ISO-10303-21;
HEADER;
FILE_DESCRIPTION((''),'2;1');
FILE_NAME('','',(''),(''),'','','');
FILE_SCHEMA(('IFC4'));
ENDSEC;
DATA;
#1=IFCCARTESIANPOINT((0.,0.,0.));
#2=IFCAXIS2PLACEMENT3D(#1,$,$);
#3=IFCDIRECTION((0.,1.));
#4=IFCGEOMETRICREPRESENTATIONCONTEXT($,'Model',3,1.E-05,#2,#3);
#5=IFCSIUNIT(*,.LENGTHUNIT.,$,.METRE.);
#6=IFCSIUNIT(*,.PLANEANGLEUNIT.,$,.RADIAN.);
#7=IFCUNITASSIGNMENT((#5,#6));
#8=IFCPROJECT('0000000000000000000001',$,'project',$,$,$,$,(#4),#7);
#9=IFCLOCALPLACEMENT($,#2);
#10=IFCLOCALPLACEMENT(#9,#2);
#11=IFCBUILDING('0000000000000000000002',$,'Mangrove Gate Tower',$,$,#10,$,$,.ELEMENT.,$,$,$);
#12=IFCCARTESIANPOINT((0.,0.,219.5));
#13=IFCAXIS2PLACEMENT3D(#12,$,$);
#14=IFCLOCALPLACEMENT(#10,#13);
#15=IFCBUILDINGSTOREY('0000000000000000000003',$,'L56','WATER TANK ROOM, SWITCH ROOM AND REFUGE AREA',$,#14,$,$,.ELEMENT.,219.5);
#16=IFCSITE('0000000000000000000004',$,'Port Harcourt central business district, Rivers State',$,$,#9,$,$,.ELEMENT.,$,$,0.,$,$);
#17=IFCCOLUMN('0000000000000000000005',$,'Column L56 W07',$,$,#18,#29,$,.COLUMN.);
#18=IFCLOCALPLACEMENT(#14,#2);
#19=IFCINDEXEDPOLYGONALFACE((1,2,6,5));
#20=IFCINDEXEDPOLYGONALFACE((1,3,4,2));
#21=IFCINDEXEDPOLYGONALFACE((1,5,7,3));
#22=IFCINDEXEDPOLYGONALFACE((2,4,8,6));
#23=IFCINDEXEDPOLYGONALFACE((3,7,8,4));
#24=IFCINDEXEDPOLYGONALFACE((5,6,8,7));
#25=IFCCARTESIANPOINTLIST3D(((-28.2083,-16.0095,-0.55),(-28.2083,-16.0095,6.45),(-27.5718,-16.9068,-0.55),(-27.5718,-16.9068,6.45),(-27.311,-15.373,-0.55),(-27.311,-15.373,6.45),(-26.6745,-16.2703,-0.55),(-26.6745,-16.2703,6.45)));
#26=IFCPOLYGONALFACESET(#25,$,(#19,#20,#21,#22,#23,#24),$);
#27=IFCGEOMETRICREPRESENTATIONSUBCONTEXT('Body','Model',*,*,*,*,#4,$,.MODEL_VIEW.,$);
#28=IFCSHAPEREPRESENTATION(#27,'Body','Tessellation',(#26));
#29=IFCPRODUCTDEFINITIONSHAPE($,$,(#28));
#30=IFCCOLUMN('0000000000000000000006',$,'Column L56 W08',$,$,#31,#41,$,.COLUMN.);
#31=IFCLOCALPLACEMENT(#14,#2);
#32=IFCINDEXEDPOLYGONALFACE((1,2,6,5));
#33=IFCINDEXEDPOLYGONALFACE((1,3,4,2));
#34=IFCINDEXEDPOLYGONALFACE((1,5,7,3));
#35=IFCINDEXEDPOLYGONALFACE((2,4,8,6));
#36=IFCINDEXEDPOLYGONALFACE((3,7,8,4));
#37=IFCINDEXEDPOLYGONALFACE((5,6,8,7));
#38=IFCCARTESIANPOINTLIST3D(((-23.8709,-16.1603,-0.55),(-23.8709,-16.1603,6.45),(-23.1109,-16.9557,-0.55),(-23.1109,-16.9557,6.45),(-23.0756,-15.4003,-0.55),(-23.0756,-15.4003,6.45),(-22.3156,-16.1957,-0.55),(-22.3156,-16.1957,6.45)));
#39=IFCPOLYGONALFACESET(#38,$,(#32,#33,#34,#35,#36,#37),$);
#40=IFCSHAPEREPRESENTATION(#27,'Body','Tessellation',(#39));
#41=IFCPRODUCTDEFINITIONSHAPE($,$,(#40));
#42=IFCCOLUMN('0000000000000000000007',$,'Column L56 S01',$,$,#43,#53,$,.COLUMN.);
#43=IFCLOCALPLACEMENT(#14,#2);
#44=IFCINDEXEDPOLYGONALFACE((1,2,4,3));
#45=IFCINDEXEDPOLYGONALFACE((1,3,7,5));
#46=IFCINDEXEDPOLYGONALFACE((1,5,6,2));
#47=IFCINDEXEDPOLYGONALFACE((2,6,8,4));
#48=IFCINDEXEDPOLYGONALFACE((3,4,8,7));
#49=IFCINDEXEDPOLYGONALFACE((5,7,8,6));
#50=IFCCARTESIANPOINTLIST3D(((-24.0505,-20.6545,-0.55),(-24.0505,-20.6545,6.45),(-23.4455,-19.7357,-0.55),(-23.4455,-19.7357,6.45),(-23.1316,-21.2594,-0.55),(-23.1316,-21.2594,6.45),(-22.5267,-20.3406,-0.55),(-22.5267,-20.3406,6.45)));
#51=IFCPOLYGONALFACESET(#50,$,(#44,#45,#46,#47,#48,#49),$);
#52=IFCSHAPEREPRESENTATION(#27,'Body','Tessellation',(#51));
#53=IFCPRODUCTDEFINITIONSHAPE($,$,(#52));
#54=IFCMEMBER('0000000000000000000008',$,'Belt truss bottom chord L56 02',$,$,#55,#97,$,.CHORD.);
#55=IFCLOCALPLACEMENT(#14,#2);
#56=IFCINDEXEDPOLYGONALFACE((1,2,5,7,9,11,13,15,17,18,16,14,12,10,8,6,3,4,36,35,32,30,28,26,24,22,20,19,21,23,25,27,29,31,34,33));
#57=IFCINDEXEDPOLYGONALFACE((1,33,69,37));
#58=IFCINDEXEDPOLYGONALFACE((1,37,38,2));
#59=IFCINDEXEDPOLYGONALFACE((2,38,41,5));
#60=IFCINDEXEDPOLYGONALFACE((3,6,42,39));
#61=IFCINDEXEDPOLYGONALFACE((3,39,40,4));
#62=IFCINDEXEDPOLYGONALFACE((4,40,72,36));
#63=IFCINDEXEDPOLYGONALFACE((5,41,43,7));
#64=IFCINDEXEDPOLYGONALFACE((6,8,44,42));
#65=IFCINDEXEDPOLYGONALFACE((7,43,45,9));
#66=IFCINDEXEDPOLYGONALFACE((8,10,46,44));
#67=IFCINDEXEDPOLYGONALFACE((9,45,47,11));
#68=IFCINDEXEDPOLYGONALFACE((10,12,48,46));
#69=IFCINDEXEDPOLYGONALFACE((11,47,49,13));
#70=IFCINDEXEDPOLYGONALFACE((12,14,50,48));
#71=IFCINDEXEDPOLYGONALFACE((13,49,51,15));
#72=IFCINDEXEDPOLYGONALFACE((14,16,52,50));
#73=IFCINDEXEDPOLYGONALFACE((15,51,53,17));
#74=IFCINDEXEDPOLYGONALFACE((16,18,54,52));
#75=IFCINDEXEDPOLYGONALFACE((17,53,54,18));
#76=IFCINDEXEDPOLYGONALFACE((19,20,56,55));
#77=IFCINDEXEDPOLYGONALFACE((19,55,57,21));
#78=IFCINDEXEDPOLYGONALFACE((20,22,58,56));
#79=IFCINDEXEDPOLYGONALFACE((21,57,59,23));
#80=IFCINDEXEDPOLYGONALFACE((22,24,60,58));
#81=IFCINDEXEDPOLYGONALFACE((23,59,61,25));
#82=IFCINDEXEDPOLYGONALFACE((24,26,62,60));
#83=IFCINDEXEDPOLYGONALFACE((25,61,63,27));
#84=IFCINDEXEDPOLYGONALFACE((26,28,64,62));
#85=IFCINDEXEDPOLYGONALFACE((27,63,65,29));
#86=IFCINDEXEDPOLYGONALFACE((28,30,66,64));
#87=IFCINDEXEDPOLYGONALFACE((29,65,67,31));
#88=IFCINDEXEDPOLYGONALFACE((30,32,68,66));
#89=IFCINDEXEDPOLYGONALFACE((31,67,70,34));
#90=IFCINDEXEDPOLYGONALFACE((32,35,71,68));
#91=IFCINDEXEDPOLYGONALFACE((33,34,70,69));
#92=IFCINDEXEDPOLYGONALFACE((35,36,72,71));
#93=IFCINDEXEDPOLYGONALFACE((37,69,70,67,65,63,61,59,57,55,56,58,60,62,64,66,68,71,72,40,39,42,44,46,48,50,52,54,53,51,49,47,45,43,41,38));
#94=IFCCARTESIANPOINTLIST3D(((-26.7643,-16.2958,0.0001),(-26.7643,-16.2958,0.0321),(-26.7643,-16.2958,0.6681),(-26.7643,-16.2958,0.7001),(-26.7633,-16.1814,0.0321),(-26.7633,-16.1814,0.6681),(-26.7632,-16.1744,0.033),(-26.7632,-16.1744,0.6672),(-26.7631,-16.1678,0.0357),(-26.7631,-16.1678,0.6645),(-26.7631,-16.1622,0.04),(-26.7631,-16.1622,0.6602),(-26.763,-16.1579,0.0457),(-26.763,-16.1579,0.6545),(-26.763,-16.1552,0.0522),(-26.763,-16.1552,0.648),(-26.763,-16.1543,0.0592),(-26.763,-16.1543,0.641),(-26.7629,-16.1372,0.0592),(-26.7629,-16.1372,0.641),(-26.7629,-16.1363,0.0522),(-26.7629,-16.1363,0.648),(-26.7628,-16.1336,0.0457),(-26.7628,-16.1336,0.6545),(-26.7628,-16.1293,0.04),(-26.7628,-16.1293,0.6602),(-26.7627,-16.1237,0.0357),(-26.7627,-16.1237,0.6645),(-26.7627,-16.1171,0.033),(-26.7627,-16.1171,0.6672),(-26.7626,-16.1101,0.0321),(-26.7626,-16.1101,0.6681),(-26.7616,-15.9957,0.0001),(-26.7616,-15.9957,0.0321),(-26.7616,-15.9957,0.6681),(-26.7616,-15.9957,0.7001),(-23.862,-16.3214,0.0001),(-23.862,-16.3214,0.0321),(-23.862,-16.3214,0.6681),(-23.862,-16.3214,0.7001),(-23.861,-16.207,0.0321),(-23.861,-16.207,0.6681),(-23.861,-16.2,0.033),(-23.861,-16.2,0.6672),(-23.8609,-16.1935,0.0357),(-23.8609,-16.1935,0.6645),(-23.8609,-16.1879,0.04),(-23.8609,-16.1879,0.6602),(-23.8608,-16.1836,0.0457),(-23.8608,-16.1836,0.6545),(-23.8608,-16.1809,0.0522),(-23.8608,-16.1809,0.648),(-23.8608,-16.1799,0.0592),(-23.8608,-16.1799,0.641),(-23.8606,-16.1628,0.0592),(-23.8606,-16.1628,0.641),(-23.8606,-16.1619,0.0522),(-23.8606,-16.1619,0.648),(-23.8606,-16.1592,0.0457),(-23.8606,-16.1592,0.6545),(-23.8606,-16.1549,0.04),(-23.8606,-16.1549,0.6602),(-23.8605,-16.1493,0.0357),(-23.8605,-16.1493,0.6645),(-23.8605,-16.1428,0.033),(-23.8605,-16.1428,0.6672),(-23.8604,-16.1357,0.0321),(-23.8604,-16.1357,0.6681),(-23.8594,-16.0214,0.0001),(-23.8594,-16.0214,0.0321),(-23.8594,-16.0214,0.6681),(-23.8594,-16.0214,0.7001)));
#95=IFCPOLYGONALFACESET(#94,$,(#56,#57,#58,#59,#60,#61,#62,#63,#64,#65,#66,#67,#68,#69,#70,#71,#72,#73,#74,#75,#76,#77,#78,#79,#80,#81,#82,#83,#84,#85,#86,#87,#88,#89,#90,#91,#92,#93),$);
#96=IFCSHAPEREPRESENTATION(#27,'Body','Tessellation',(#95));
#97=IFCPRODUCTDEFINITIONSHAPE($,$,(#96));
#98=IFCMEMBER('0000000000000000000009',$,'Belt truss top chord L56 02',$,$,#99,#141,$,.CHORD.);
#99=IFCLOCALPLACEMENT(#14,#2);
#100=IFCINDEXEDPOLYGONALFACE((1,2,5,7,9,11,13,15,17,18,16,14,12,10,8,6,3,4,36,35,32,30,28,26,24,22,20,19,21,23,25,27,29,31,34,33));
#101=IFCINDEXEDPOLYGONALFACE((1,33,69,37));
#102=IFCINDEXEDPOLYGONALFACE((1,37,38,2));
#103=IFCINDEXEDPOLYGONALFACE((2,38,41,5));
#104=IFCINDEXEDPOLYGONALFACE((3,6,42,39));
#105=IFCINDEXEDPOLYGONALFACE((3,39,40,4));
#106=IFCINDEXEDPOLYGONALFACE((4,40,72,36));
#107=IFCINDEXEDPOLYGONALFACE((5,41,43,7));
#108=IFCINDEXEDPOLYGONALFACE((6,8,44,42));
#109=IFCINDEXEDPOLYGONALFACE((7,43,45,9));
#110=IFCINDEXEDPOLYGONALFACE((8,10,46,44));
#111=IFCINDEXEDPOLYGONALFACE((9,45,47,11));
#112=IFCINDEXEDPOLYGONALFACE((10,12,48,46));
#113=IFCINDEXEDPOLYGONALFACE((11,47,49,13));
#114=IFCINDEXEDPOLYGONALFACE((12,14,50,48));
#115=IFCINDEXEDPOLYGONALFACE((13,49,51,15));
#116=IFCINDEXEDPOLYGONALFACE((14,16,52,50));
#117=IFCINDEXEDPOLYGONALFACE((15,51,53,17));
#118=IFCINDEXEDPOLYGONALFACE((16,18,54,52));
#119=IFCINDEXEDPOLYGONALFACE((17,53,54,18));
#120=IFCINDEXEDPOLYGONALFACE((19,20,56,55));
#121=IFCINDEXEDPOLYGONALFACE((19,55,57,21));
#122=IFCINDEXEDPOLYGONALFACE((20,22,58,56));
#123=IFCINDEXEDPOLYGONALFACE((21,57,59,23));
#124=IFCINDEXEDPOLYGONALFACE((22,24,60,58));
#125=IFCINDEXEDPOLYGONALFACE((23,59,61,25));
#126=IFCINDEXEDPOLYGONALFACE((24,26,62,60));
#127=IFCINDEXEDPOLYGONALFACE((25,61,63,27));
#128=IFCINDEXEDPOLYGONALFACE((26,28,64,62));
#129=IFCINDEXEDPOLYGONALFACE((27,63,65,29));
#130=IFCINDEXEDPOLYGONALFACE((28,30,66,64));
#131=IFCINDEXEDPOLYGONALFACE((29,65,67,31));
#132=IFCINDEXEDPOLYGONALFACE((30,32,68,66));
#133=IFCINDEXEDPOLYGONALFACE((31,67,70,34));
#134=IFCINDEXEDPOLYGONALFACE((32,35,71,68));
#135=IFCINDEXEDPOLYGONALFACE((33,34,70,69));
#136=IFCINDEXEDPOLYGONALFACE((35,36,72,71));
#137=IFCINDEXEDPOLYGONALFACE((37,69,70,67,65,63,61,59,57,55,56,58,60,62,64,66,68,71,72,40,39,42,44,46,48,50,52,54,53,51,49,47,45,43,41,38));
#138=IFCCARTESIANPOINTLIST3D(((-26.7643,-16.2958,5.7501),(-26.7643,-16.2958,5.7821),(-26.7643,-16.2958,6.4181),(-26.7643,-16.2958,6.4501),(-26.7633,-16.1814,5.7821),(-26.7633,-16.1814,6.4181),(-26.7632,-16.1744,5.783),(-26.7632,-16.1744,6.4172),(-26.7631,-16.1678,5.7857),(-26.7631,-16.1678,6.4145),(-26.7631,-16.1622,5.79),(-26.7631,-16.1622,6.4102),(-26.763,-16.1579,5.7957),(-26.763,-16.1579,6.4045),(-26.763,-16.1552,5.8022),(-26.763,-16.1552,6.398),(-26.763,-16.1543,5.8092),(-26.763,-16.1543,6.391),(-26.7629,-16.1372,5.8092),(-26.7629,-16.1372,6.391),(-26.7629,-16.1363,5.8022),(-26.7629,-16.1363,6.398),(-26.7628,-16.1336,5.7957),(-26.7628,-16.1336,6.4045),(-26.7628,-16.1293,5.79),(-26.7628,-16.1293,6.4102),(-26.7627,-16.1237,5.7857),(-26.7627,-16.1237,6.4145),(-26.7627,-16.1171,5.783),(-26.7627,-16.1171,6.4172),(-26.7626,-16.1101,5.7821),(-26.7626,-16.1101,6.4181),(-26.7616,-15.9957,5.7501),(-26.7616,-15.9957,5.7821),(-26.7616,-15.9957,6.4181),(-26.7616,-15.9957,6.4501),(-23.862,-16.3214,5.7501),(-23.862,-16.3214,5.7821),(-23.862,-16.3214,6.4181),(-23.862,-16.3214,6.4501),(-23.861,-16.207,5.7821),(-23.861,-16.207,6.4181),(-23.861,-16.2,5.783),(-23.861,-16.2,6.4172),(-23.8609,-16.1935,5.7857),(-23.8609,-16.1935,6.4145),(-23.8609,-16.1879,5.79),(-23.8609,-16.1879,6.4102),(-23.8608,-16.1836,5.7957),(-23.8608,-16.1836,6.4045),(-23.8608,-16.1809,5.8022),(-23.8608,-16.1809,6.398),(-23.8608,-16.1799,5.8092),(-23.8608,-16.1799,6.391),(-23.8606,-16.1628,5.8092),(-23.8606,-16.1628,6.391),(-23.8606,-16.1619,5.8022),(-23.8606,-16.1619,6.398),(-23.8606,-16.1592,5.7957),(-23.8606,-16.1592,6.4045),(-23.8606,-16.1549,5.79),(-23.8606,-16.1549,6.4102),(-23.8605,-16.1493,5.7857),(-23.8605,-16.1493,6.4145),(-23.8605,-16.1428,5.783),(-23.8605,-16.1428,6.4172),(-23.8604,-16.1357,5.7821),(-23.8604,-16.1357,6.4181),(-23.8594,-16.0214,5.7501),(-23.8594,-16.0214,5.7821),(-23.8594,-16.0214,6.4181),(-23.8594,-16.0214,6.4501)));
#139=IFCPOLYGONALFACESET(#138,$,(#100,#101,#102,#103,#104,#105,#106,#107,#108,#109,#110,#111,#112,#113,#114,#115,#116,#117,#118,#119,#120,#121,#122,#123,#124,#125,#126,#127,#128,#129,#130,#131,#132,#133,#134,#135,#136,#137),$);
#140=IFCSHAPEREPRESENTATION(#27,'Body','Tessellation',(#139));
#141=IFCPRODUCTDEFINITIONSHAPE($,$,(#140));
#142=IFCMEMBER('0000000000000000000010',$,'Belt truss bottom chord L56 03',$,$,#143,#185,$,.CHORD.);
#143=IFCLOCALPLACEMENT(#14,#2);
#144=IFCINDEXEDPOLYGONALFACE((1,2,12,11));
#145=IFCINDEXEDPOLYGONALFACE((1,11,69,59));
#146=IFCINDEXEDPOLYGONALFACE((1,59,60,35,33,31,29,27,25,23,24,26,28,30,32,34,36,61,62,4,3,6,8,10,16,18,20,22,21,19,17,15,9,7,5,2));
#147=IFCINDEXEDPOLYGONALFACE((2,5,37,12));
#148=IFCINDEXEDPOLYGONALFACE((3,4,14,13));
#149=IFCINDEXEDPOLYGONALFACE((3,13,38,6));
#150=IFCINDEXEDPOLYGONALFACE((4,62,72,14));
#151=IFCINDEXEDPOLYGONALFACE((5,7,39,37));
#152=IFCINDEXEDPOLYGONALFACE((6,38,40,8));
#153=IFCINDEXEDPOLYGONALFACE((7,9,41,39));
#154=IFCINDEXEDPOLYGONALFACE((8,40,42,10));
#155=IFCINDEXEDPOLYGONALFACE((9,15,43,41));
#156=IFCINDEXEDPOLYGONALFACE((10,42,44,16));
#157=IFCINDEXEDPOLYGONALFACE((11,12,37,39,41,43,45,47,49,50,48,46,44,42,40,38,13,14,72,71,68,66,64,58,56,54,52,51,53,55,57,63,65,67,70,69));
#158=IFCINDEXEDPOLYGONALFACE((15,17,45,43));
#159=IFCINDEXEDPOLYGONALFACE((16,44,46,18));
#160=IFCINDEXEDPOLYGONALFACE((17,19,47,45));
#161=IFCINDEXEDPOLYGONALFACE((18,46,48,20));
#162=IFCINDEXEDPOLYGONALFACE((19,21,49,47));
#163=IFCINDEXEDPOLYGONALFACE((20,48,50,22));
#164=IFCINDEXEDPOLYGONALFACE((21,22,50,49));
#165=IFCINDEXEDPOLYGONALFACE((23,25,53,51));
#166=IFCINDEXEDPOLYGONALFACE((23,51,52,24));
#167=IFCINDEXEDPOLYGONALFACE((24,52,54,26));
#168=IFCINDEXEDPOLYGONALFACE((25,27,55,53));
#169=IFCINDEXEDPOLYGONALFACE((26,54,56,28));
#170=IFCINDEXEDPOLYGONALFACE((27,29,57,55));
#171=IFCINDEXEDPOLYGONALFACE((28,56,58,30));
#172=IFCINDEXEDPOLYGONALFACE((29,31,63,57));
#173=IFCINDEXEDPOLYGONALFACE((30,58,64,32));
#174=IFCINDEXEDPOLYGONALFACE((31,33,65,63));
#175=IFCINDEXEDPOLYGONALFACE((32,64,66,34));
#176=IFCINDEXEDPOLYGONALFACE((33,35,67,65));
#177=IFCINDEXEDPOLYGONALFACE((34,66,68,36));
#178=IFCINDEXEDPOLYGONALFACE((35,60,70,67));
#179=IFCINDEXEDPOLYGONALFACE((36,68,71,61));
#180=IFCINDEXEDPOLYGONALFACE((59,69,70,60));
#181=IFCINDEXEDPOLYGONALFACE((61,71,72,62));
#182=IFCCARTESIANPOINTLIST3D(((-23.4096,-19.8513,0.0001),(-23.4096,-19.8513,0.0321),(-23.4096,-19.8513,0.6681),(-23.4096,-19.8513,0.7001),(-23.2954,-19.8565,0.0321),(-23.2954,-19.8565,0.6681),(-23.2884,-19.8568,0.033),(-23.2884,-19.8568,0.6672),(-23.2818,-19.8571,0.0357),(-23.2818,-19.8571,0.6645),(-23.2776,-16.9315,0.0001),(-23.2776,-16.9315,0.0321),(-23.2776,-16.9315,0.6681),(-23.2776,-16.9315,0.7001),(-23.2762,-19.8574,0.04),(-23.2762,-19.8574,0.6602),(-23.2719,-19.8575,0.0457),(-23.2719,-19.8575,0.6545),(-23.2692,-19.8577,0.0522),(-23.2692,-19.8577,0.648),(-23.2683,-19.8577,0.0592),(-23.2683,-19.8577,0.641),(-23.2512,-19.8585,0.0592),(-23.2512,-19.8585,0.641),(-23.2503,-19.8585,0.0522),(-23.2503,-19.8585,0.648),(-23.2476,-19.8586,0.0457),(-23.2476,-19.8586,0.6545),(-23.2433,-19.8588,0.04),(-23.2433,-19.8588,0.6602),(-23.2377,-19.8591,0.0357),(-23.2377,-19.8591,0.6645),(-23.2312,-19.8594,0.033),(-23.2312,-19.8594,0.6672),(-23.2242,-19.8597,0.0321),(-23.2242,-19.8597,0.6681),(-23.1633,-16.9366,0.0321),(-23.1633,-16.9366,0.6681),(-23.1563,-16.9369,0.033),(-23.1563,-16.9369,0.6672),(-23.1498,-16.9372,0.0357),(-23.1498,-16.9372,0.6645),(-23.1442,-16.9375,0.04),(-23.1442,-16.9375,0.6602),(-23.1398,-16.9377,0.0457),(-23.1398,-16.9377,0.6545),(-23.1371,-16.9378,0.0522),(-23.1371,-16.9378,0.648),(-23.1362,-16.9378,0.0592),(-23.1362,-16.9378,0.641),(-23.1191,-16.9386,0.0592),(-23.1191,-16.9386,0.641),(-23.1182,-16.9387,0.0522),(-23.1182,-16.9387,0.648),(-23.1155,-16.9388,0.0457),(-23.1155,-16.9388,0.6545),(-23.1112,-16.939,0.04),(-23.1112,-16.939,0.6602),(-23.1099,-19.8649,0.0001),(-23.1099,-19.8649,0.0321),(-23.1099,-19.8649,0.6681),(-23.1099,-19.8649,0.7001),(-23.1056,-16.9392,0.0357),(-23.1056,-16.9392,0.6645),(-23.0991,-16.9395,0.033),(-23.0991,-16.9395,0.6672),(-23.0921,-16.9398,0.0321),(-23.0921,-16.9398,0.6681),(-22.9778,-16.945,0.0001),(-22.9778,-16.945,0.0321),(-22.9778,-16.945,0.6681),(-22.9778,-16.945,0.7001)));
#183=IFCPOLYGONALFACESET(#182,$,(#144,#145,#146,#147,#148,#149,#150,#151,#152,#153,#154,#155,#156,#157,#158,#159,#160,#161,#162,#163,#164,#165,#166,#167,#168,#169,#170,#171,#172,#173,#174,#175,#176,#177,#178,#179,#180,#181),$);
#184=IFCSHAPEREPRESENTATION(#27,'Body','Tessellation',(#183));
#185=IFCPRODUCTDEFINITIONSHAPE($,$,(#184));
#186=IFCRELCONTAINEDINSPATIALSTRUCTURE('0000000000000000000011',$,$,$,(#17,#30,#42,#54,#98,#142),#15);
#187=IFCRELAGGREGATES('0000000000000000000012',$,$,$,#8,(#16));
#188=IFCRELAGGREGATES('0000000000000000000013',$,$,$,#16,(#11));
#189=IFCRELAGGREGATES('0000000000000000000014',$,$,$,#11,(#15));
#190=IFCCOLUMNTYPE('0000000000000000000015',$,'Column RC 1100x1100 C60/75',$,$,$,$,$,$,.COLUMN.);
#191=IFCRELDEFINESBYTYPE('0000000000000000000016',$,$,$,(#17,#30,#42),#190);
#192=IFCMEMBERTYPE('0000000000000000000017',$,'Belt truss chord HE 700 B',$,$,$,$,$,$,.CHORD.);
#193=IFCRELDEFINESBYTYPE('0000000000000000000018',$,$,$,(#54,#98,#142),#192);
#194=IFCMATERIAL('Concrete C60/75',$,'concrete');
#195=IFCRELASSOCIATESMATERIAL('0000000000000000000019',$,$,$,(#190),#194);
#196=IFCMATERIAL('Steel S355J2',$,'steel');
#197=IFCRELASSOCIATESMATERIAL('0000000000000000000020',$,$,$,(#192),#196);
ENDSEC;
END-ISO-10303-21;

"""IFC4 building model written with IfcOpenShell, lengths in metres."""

from ifc_helpers import new_model, si_unit, direction, frame, origin, origin_2d, place, context, subcontext, project, spatial, rectangle, i_section, extrude, material, material_profile, profile_set, type_object, element, save


model = new_model("IFC4")

# Units and contexts
model_context = context("Model", 3, precision=1e-05, world=origin(), true_north=direction((0.0, 1.0)))
body_context = subcontext(model_context, "Body", "Model", "MODEL_VIEW")
ifc_project = project(units=[si_unit("LENGTHUNIT", "METRE"), si_unit("PLANEANGLEUNIT", "RADIAN")], contexts=[model_context])

# Site, building, storey
site_placement = place(None, origin())
site = spatial("IfcSite", under=ifc_project, at=site_placement, Name="Port Harcourt central business district, Rivers State", CompositionType="ELEMENT", RefElevation=0.0)
building_placement = place(site_placement, origin())
building = spatial("IfcBuilding", under=site, at=building_placement, Name="Mangrove Gate Tower", CompositionType="ELEMENT")
storey_placement = place(building_placement, frame((0.0, 0.0, 219.5)))
storey = spatial("IfcBuildingStorey", under=building, at=storey_placement, Name="L56", Description="WATER TANK ROOM, SWITCH ROOM AND REFUGE AREA", CompositionType="ELEMENT", Elevation=219.5)

# Columns
ifc_material_1 = material(Name="Concrete C60/75", Category="concrete")
ifc_material_profile_1 = material_profile(ifc_material_1, rectangle(XDim=1.1001, YDim=1.1001, at=origin_2d()))
ifc_profile_set_1 = profile_set([ifc_material_profile_1], Name="Concrete C60/75")
column_type = type_object("IfcColumnType", Name="Column RC 1100x1100 C60/75", PredefinedType="COLUMN", material=ifc_profile_set_1)
for number, where, z_axis, x_axis, name in (
    (1, (-27.4414, -16.1399, -0.55), (0.0, 0.0, 1.0), (0.578578, -0.815627, 0.0), "Column L56 W07"),
    (2, (-23.0933, -16.178, -0.55), (0.0, 0.0, 1.0), (0.690854, -0.722994, 0.0), "Column L56 W08"),
    (3, (-23.2886, -20.4976, -0.55), (0.0, 0.0, 1.0), (0.835229, -0.549902, 0.0), "Column L56 S01"),
):
    element("IfcColumn", number, at=place(storey_placement, frame(where, z_axis=z_axis, x_axis=x_axis)), inside=storey, type_object=column_type, Name=name, PredefinedType="COLUMN", context=body_context, shape_type="SweptSolid", body=[
        extrude(rectangle(XDim=1.1001, YDim=1.1001, at=origin_2d()), origin(), (0.0, 0.0, 1.0), 7.0),
    ])

# Members
ifc_material_2 = material(Name="Steel S355J2", Category="steel")
ifc_material_profile_2 = material_profile(ifc_material_2, i_section(OverallWidth=0.3, OverallDepth=0.7, WebThickness=0.0171, FlangeThickness=0.032, FilletRadius=0.0271, at=origin_2d()))
ifc_profile_set_2 = profile_set([ifc_material_profile_2], Name="Steel S355J2")
member_type_1 = type_object("IfcMemberType", Name="Belt truss chord HE 700 B", PredefinedType="CHORD", material=ifc_profile_set_2)
for number, where, z_axis, x_axis, name in (
    (4, (-26.7629, -16.1458, 0.3501), (0.999961, -0.008832, 0.0), (0.008832, 0.999961, 0.0), "Belt truss bottom chord L56 02"),
    (5, (-26.7629, -16.1458, 6.1001), (0.999961, -0.008832, 0.0), (0.008832, 0.999961, 0.0), "Belt truss top chord L56 02"),
):
    element("IfcMember", number, at=place(storey_placement, frame(where, z_axis=z_axis, x_axis=x_axis)), inside=storey, type_object=member_type_1, Name=name, PredefinedType="CHORD", context=body_context, shape_type="SweptSolid", body=[
        extrude(i_section(OverallWidth=0.3, OverallDepth=0.7, WebThickness=0.0171, FlangeThickness=0.032, FilletRadius=0.0271, at=origin_2d()), origin(), (0.0, 0.0, 1.0), 2.9023),
    ])
for number, where, z_axis, x_axis, name in (
    (6, (-23.1277, -16.9382, 0.3501), (-0.045188, -0.998979, 0.0), (0.998979, -0.045188, 0.0), "Belt truss bottom chord L56 03"),
):
    element("IfcMember", number, at=place(storey_placement, frame(where, z_axis=z_axis, x_axis=x_axis)), inside=storey, type_object=member_type_1, Name=name, PredefinedType="CHORD", context=body_context, shape_type="SweptSolid", body=[
        extrude(i_section(OverallWidth=0.3, OverallDepth=0.7, WebThickness=0.0171, FlangeThickness=0.032, FilletRadius=0.0271, at=origin_2d()), origin(), (0.0, 0.0, 1.0), 2.9229),
    ])

save(model, "model.ifc")
